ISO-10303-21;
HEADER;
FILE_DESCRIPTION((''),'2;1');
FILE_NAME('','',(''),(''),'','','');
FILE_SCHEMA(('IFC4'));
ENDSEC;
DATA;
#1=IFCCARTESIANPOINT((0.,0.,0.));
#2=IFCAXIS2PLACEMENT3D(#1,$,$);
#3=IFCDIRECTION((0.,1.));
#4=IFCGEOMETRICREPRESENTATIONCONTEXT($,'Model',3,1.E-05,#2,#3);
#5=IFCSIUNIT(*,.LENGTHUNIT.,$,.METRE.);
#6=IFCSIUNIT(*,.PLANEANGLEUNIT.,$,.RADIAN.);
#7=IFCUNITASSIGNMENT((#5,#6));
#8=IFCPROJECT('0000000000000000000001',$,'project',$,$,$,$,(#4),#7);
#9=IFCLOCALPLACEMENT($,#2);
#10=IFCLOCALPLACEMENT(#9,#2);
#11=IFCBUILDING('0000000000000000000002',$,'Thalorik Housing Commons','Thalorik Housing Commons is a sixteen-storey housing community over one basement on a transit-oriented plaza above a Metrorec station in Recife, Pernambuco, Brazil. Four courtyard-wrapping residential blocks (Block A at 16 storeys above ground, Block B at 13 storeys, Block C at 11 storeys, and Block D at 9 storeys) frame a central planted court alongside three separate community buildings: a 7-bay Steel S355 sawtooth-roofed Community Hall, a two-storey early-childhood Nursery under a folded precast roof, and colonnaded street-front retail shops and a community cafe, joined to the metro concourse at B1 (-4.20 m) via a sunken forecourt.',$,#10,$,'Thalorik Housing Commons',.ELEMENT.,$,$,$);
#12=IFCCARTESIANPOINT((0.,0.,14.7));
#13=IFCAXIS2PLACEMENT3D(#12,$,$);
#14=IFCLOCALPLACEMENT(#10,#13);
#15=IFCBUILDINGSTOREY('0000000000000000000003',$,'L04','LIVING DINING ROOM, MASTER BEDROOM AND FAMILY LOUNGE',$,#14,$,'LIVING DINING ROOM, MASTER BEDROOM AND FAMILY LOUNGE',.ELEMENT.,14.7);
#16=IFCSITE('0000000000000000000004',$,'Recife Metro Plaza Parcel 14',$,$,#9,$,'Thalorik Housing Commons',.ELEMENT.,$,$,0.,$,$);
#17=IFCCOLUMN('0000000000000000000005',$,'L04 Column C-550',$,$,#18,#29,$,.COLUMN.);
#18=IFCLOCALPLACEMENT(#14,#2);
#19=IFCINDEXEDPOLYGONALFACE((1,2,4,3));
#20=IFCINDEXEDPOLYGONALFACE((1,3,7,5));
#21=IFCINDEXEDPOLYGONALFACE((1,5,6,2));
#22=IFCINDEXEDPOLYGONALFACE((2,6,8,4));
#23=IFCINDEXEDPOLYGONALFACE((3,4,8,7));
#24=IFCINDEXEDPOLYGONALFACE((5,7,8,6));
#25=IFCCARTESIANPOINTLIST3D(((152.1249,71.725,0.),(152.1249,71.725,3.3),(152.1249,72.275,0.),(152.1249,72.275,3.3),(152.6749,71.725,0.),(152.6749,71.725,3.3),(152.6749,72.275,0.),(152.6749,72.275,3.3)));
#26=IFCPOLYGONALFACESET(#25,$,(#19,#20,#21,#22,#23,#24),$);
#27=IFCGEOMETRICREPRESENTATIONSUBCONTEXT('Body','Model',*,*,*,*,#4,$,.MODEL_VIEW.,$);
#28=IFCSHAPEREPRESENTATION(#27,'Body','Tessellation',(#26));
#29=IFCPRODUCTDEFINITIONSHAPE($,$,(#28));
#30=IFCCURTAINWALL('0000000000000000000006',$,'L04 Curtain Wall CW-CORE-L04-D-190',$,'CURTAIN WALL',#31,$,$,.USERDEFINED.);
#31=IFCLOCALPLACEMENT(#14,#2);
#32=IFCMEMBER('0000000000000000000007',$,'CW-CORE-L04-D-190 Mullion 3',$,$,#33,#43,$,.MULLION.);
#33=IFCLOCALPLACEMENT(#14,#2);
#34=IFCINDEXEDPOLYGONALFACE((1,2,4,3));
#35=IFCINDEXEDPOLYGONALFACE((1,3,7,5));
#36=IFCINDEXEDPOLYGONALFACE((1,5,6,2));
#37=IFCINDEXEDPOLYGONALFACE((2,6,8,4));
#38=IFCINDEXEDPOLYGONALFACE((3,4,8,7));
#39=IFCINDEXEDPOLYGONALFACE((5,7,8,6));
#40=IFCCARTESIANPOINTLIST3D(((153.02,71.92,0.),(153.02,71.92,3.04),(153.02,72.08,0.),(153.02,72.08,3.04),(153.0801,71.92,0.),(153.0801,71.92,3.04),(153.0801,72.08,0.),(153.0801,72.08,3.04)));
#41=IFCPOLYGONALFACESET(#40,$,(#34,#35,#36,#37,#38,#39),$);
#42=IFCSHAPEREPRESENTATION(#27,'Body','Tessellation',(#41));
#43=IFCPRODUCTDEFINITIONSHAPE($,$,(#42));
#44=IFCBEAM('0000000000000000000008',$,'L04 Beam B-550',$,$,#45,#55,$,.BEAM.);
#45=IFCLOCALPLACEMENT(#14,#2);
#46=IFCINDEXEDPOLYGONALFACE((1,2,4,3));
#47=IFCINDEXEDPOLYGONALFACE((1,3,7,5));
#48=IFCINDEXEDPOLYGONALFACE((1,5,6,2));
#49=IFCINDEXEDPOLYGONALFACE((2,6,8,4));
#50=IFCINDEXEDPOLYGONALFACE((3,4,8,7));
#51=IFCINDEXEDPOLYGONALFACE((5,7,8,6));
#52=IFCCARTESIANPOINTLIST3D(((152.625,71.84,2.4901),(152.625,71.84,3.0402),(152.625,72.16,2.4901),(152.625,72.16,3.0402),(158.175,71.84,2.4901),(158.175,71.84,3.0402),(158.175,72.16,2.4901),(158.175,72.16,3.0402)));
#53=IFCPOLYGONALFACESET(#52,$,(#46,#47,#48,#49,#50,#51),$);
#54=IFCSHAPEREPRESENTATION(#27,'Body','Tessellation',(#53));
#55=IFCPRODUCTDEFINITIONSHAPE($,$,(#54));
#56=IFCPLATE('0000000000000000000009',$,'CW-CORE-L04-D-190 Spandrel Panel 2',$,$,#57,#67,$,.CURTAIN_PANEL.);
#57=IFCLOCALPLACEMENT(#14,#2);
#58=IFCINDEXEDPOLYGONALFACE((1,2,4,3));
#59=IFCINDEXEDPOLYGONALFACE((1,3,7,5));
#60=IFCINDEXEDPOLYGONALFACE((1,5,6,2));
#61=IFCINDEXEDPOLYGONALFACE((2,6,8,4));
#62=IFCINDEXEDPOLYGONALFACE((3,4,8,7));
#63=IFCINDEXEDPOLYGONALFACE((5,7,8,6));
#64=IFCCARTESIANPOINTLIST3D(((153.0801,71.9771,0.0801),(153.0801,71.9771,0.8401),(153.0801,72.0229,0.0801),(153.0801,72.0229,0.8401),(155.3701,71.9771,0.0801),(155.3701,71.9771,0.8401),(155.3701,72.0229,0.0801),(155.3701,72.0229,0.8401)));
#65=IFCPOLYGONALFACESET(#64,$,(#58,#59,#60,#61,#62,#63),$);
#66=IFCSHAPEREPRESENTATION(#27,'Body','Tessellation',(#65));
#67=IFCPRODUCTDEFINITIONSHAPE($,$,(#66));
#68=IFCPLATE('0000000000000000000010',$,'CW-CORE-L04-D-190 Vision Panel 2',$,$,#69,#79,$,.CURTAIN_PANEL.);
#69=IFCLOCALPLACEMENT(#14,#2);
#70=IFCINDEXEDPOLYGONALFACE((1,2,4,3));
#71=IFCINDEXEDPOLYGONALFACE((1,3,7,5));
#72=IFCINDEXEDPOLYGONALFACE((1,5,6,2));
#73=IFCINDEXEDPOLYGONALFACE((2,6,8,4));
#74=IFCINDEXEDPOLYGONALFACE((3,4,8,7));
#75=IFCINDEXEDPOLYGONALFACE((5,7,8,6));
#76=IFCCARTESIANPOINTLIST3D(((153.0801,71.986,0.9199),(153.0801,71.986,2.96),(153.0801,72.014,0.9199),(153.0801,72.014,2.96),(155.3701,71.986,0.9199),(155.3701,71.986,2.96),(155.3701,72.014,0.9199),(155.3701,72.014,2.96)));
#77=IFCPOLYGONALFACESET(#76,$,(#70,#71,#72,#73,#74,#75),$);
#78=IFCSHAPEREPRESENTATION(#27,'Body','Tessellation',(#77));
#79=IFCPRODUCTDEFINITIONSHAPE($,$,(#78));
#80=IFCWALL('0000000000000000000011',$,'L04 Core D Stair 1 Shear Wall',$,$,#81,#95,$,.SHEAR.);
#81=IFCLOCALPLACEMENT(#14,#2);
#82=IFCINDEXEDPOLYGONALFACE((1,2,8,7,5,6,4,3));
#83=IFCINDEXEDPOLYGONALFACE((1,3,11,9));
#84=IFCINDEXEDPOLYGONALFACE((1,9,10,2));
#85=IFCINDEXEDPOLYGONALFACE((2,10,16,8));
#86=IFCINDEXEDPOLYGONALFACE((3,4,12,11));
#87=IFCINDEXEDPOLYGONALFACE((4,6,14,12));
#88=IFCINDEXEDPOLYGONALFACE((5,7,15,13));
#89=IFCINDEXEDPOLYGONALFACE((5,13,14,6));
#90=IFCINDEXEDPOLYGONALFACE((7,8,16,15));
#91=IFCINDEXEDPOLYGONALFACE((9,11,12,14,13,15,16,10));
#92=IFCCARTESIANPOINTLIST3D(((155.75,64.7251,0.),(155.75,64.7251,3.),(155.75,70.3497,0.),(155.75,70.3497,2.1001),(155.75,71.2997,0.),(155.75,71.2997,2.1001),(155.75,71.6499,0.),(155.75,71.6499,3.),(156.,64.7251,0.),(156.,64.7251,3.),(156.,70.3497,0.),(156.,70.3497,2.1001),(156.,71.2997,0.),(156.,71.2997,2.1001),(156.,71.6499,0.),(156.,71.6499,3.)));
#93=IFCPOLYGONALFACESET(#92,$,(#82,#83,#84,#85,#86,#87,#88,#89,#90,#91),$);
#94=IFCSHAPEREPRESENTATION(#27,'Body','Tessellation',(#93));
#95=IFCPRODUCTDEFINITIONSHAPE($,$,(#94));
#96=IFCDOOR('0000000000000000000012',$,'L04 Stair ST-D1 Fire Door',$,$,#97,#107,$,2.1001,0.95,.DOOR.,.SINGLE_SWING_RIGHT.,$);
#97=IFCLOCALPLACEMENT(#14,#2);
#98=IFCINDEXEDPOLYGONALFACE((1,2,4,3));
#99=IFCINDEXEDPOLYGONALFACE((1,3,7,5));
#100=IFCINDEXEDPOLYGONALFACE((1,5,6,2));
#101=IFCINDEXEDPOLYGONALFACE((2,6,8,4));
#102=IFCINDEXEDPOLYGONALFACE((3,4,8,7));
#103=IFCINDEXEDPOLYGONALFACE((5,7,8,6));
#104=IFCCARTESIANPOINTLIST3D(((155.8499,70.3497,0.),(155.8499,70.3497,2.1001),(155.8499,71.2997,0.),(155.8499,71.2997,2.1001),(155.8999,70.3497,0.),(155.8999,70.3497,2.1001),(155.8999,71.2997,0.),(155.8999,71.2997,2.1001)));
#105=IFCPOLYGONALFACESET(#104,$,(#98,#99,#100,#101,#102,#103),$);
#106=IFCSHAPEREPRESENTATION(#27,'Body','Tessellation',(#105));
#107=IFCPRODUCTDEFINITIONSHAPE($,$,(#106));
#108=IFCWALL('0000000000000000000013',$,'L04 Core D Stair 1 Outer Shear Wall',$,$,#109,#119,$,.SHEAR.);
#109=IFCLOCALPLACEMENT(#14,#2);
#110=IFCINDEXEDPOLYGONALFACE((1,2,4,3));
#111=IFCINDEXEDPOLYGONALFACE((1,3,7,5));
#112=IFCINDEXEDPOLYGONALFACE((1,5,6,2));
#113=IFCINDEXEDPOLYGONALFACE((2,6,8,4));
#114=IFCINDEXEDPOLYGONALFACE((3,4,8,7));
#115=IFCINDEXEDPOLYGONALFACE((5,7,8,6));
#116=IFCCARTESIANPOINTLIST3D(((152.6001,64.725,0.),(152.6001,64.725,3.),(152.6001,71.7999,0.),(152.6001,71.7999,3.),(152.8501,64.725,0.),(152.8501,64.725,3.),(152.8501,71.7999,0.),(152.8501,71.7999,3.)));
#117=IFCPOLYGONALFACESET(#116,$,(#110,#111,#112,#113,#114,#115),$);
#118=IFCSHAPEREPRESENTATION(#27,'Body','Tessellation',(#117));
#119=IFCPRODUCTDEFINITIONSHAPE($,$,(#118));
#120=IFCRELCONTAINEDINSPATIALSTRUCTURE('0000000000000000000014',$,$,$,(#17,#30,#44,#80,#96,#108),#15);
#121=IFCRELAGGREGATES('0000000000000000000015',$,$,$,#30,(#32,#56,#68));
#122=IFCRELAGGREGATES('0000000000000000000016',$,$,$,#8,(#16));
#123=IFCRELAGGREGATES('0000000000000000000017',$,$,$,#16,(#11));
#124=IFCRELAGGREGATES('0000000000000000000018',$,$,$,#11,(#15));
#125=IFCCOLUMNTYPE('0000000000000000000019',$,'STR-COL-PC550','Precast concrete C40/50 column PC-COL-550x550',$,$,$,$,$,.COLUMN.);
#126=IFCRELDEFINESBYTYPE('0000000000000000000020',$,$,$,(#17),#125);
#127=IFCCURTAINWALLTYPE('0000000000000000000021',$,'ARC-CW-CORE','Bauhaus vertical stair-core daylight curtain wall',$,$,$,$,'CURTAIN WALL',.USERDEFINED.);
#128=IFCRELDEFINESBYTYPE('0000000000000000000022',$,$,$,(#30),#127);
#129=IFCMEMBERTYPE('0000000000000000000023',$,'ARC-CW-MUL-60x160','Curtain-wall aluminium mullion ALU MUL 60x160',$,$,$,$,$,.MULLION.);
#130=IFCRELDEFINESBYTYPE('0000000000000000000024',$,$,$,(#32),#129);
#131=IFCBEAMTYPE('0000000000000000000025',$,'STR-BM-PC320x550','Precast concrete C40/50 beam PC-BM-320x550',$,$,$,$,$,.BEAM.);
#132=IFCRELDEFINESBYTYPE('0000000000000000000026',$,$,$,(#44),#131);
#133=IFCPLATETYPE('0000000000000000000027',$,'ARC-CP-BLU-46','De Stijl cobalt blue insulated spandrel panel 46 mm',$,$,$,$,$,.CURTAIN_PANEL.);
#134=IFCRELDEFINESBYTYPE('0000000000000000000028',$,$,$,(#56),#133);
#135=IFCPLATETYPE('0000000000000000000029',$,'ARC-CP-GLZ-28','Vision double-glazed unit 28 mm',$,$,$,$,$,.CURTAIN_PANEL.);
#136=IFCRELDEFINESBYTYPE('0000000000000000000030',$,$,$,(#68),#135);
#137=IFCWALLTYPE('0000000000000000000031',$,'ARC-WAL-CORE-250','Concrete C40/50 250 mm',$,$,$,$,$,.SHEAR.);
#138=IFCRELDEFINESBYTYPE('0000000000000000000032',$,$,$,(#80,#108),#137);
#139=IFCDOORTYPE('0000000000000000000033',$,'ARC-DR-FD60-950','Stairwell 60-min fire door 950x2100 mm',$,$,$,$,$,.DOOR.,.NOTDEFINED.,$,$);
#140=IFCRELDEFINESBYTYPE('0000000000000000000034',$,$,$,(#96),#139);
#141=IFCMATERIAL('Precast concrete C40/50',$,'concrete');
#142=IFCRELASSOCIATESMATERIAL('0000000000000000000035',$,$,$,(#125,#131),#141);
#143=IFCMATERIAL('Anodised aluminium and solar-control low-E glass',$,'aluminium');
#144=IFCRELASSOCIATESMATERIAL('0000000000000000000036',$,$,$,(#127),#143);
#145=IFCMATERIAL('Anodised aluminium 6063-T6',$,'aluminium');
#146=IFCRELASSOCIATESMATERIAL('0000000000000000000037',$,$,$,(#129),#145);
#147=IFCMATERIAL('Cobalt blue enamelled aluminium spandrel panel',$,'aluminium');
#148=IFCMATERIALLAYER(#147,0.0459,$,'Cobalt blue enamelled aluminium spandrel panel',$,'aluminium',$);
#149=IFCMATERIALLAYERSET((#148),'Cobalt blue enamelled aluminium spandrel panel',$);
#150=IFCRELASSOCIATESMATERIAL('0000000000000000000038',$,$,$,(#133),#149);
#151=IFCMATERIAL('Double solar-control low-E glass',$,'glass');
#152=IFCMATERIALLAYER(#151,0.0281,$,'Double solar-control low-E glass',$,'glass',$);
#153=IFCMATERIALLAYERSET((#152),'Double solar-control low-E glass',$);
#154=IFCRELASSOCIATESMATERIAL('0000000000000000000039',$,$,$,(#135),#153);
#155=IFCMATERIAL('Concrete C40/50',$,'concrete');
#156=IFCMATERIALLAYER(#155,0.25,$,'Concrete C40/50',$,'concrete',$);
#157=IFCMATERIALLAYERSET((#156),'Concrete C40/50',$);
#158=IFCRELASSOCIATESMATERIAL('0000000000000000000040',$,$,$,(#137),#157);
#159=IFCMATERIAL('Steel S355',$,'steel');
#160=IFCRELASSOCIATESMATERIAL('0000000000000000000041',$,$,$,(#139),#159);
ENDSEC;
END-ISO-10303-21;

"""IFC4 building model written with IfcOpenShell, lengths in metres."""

from ifc_helpers import new_model, si_unit, direction, frame, frame_2d, origin, origin_2d, place, context, subcontext, project, spatial, rectangle, extrude, material, layer, layer_set, material_profile, profile_set, type_object, element, fill, aggregate, save


model = new_model("IFC4")

# Units and contexts
model_context = context("Model", 3, precision=1e-05, world=origin(), true_north=direction((0.0, 1.0)))
body_context = subcontext(model_context, "Body", "Model", "MODEL_VIEW")
ifc_project = project(units=[si_unit("LENGTHUNIT", "METRE"), si_unit("PLANEANGLEUNIT", "RADIAN")], contexts=[model_context])

# Site, building, storey
site_placement = place(None, origin())
site = spatial("IfcSite", under=ifc_project, at=site_placement, Name="Recife Metro Plaza Parcel 14", LongName="Thalorik Housing Commons", CompositionType="ELEMENT", RefElevation=0.0)
building_placement = place(site_placement, origin())
building = spatial("IfcBuilding", under=site, at=building_placement, Name="Thalorik Housing Commons", Description="Thalorik Housing Commons is a sixteen-storey housing community over one basement on a transit-oriented plaza above a Metrorec station in Recife, Pernambuco, Brazil. Four courtyard-wrapping residential blocks (Block A at 16 storeys above ground, Block B at 13 storeys, Block C at 11 storeys, and Block D at 9 storeys) frame a central planted court alongside three separate community buildings: a 7-bay Steel S355 sawtooth-roofed Community Hall, a two-storey early-childhood Nursery under a folded precast roof, and colonnaded street-front retail shops and a community cafe, joined to the metro concourse at B1 (-4.20 m) via a sunken forecourt.", LongName="Thalorik Housing Commons", CompositionType="ELEMENT")
storey_placement = place(building_placement, frame((0.0, 0.0, 14.7)))
storey = spatial("IfcBuildingStorey", under=building, at=storey_placement, Name="L04", Description="LIVING DINING ROOM, MASTER BEDROOM AND FAMILY LOUNGE", LongName="LIVING DINING ROOM, MASTER BEDROOM AND FAMILY LOUNGE", CompositionType="ELEMENT", Elevation=14.7)

# Column
ifc_material_1 = material(Name="Precast concrete C40/50", Category="concrete")
ifc_material_profile_1 = material_profile(ifc_material_1, rectangle(XDim=0.55, YDim=0.55, at=origin_2d()), Name="PC 550x550", Category="concrete")
ifc_profile_set_1 = profile_set([ifc_material_profile_1], Name="Precast concrete C40/50")
column_type = type_object("IfcColumnType", Name="STR-COL-PC550", Description="Precast concrete C40/50 column PC-COL-550x550", PredefinedType="COLUMN", material=ifc_profile_set_1)
column_placement = place(storey_placement, frame((152.3999, 72.0, 0.0), z_axis=(0.0, 0.0, 1.0), x_axis=(1.0, 0.0, 0.0)))
element("IfcColumn", 1, at=column_placement, inside=storey, type_object=column_type, Name="L04 Column C-550", PredefinedType="COLUMN", context=body_context, shape_type="SweptSolid", body=[
    extrude(rectangle(XDim=0.55, YDim=0.55, at=origin_2d()), origin(), (0.0, 0.0, 1.0), 3.3),
])

# Curtain wall, member
ifc_material_2 = material(Name="Anodised aluminium and solar-control low-E glass", Category="aluminium")
curtain_wall_type = type_object("IfcCurtainWallType", Name="ARC-CW-CORE", Description="Bauhaus vertical stair-core daylight curtain wall", ElementType="CURTAIN WALL", PredefinedType="USERDEFINED", material=ifc_material_2)
curtain_wall_placement = place(storey_placement, origin())
curtain_wall = element("IfcCurtainWall", 2, at=curtain_wall_placement, inside=storey, type_object=curtain_wall_type, Name="L04 Curtain Wall CW-CORE-L04-D-190", ObjectType="CURTAIN WALL", PredefinedType="USERDEFINED")
ifc_material_3 = material(Name="Anodised aluminium 6063-T6", Category="aluminium")
ifc_material_profile_2 = material_profile(ifc_material_3, rectangle(XDim=0.0601, YDim=0.1599, at=origin_2d()), Name="ALU MUL 60x160", Category="aluminium")
ifc_profile_set_2 = profile_set([ifc_material_profile_2], Name="Anodised aluminium 6063-T6")
member_type = type_object("IfcMemberType", Name="ARC-CW-MUL-60x160", Description="Curtain-wall aluminium mullion ALU MUL 60x160", PredefinedType="MULLION", material=ifc_profile_set_2)
member_placement = place(storey_placement, frame((153.05, 72.0, 0.0), z_axis=(0.0, 0.0, 1.0), x_axis=(-1.0, 0.0, 0.0)))
member = element("IfcMember", 3, at=member_placement, type_object=member_type, Name="CW-CORE-L04-D-190 Mullion 3", PredefinedType="MULLION", context=body_context, shape_type="SweptSolid", body=[
    extrude(rectangle(XDim=0.0601, YDim=0.1599, at=origin_2d()), origin(), (0.0, 0.0, 1.0), 3.04),
])

# Beam
ifc_material_profile_3 = material_profile(ifc_material_1, rectangle(XDim=0.3201, YDim=0.55, at=origin_2d()), Name="PC 320x550", Category="concrete")
ifc_profile_set_3 = profile_set([ifc_material_profile_3], Name="Precast concrete C40/50")
beam_type = type_object("IfcBeamType", Name="STR-BM-PC320x550", Description="Precast concrete C40/50 beam PC-BM-320x550", PredefinedType="BEAM", material=ifc_profile_set_3)
beam_placement = place(storey_placement, frame((152.625, 72.0, 2.7651), z_axis=(1.0, 0.0, 0.0), x_axis=(0.0, 1.0, 0.0)))
element("IfcBeam", 4, at=beam_placement, inside=storey, type_object=beam_type, Name="L04 Beam B-550", PredefinedType="BEAM", context=body_context, shape_type="SweptSolid", body=[
    extrude(rectangle(XDim=0.3201, YDim=0.55, at=origin_2d()), origin(), (0.0, 0.0, 1.0), 5.55),
])

# Plates
ifc_material_4 = material(Name="Cobalt blue enamelled aluminium spandrel panel", Category="aluminium")
ifc_layer_1 = layer(ifc_material_4, 0.0459, Name="Cobalt blue enamelled aluminium spandrel panel", Category="aluminium")
ifc_layer_set_1 = layer_set([ifc_layer_1], Name="Cobalt blue enamelled aluminium spandrel panel")
plate_type_1 = type_object("IfcPlateType", Name="ARC-CP-BLU-46", Description="De Stijl cobalt blue insulated spandrel panel 46 mm", PredefinedType="CURTAIN_PANEL", material=ifc_layer_set_1)
plate_1_placement = place(storey_placement, frame((154.2251, 72.0, 0.0801), z_axis=(0.0, 0.0, 1.0), x_axis=(-1.0, 0.0, 0.0)))
plate_1 = element("IfcPlate", 5, at=plate_1_placement, type_object=plate_type_1, Name="CW-CORE-L04-D-190 Spandrel Panel 2", PredefinedType="CURTAIN_PANEL", context=body_context, shape_type="SweptSolid", body=[
    extrude(rectangle(XDim=2.29, YDim=0.0459, at=origin_2d()), origin(), (0.0, 0.0, 1.0), 0.76),
])
ifc_material_5 = material(Name="Double solar-control low-E glass", Category="glass")
ifc_layer_2 = layer(ifc_material_5, 0.0281, Name="Double solar-control low-E glass", Category="glass")
ifc_layer_set_2 = layer_set([ifc_layer_2], Name="Double solar-control low-E glass")
plate_type_2 = type_object("IfcPlateType", Name="ARC-CP-GLZ-28", Description="Vision double-glazed unit 28 mm", PredefinedType="CURTAIN_PANEL", material=ifc_layer_set_2)
plate_2_placement = place(storey_placement, frame((154.2251, 72.0, 0.9199), z_axis=(0.0, 0.0, 1.0), x_axis=(-1.0, 0.0, 0.0)))
plate_2 = element("IfcPlate", 6, at=plate_2_placement, type_object=plate_type_2, Name="CW-CORE-L04-D-190 Vision Panel 2", PredefinedType="CURTAIN_PANEL", context=body_context, shape_type="SweptSolid", body=[
    extrude(rectangle(XDim=2.29, YDim=0.0281, at=origin_2d()), origin(), (0.0, 0.0, 1.0), 2.04),
])
aggregate(curtain_wall, [member, plate_1, plate_2])

# Wall, opening, door
ifc_material_6 = material(Name="Concrete C40/50", Category="concrete")
ifc_layer_3 = layer(ifc_material_6, 0.25, Name="Concrete C40/50", Category="concrete")
ifc_layer_set_3 = layer_set([ifc_layer_3], Name="Concrete C40/50")
wall_type_1 = type_object("IfcWallType", Name="ARC-WAL-CORE-250", Description="Concrete C40/50 250 mm", PredefinedType="SHEAR", material=ifc_layer_set_3)
wall_1_placement = place(storey_placement, frame((155.875, 71.6499, 0.0), z_axis=(0.0, 0.0, 1.0), x_axis=(0.0, -1.0, 0.0)))
wall_1 = element("IfcWall", 7, at=wall_1_placement, inside=storey, type_object=wall_type_1, Name="L04 Core D Stair 1 Shear Wall", PredefinedType="SHEAR", context=body_context, shape_type="SweptSolid", body=[
    extrude(rectangle(XDim=6.9248, YDim=0.25, at=frame_2d((3.4624, 0.0))), origin(), (0.0, 0.0, 1.0), 3.0),
])
opening_1_placement = place(wall_1_placement, frame((0.3501, 0.0, 0.0)))
opening_1 = element("IfcOpeningElement", 8, at=opening_1_placement, cuts=wall_1, PredefinedType="OPENING", context=body_context, shape_type="SweptSolid", body=[
    extrude(rectangle(XDim=0.95, YDim=2.1001, at=frame_2d((0.4751, 1.05))), frame((0.0, 0.135, 0.0), z_axis=(0.0, -1.0, 0.0), x_axis=(1.0, 0.0, 0.0)), (0.0, 0.0, 1.0), 0.27),
])
ifc_material_7 = material(Name="Steel S355", Category="steel")
door_type = type_object("IfcDoorType", Name="ARC-DR-FD60-950", Description="Stairwell 60-min fire door 950x2100 mm", OperationType="NOTDEFINED", PredefinedType="DOOR", material=ifc_material_7)
door_placement = place(opening_1_placement, origin())
door = element("IfcDoor", 9, at=door_placement, inside=storey, type_object=door_type, Name="L04 Stair ST-D1 Fire Door", OperationType="SINGLE_SWING_RIGHT", OverallHeight=2.1001, OverallWidth=0.95, PredefinedType="DOOR", context=body_context, shape_type="SweptSolid", body=[
    extrude(rectangle(XDim=0.95, YDim=2.1001, at=frame_2d((0.4751, 1.05))), frame((0.0, 0.0249, 0.0), z_axis=(0.0, -1.0, 0.0), x_axis=(1.0, 0.0, 0.0)), (0.0, 0.0, 1.0), 0.05),
])
fill(opening_1, door)

# Wall
wall_2_placement = place(storey_placement, frame((152.7251, 71.8, 0.0), z_axis=(0.0, 0.0, 1.0), x_axis=(0.0, -1.0, 0.0)))
element("IfcWall", 10, at=wall_2_placement, inside=storey, type_object=wall_type_1, Name="L04 Core D Stair 1 Outer Shear Wall", PredefinedType="SHEAR", context=body_context, shape_type="SweptSolid", body=[
    extrude(rectangle(XDim=7.075, YDim=0.25, at=frame_2d((3.5376, 0.0))), origin(), (0.0, 0.0, 1.0), 3.0),
])

save(model, "model.ifc")
